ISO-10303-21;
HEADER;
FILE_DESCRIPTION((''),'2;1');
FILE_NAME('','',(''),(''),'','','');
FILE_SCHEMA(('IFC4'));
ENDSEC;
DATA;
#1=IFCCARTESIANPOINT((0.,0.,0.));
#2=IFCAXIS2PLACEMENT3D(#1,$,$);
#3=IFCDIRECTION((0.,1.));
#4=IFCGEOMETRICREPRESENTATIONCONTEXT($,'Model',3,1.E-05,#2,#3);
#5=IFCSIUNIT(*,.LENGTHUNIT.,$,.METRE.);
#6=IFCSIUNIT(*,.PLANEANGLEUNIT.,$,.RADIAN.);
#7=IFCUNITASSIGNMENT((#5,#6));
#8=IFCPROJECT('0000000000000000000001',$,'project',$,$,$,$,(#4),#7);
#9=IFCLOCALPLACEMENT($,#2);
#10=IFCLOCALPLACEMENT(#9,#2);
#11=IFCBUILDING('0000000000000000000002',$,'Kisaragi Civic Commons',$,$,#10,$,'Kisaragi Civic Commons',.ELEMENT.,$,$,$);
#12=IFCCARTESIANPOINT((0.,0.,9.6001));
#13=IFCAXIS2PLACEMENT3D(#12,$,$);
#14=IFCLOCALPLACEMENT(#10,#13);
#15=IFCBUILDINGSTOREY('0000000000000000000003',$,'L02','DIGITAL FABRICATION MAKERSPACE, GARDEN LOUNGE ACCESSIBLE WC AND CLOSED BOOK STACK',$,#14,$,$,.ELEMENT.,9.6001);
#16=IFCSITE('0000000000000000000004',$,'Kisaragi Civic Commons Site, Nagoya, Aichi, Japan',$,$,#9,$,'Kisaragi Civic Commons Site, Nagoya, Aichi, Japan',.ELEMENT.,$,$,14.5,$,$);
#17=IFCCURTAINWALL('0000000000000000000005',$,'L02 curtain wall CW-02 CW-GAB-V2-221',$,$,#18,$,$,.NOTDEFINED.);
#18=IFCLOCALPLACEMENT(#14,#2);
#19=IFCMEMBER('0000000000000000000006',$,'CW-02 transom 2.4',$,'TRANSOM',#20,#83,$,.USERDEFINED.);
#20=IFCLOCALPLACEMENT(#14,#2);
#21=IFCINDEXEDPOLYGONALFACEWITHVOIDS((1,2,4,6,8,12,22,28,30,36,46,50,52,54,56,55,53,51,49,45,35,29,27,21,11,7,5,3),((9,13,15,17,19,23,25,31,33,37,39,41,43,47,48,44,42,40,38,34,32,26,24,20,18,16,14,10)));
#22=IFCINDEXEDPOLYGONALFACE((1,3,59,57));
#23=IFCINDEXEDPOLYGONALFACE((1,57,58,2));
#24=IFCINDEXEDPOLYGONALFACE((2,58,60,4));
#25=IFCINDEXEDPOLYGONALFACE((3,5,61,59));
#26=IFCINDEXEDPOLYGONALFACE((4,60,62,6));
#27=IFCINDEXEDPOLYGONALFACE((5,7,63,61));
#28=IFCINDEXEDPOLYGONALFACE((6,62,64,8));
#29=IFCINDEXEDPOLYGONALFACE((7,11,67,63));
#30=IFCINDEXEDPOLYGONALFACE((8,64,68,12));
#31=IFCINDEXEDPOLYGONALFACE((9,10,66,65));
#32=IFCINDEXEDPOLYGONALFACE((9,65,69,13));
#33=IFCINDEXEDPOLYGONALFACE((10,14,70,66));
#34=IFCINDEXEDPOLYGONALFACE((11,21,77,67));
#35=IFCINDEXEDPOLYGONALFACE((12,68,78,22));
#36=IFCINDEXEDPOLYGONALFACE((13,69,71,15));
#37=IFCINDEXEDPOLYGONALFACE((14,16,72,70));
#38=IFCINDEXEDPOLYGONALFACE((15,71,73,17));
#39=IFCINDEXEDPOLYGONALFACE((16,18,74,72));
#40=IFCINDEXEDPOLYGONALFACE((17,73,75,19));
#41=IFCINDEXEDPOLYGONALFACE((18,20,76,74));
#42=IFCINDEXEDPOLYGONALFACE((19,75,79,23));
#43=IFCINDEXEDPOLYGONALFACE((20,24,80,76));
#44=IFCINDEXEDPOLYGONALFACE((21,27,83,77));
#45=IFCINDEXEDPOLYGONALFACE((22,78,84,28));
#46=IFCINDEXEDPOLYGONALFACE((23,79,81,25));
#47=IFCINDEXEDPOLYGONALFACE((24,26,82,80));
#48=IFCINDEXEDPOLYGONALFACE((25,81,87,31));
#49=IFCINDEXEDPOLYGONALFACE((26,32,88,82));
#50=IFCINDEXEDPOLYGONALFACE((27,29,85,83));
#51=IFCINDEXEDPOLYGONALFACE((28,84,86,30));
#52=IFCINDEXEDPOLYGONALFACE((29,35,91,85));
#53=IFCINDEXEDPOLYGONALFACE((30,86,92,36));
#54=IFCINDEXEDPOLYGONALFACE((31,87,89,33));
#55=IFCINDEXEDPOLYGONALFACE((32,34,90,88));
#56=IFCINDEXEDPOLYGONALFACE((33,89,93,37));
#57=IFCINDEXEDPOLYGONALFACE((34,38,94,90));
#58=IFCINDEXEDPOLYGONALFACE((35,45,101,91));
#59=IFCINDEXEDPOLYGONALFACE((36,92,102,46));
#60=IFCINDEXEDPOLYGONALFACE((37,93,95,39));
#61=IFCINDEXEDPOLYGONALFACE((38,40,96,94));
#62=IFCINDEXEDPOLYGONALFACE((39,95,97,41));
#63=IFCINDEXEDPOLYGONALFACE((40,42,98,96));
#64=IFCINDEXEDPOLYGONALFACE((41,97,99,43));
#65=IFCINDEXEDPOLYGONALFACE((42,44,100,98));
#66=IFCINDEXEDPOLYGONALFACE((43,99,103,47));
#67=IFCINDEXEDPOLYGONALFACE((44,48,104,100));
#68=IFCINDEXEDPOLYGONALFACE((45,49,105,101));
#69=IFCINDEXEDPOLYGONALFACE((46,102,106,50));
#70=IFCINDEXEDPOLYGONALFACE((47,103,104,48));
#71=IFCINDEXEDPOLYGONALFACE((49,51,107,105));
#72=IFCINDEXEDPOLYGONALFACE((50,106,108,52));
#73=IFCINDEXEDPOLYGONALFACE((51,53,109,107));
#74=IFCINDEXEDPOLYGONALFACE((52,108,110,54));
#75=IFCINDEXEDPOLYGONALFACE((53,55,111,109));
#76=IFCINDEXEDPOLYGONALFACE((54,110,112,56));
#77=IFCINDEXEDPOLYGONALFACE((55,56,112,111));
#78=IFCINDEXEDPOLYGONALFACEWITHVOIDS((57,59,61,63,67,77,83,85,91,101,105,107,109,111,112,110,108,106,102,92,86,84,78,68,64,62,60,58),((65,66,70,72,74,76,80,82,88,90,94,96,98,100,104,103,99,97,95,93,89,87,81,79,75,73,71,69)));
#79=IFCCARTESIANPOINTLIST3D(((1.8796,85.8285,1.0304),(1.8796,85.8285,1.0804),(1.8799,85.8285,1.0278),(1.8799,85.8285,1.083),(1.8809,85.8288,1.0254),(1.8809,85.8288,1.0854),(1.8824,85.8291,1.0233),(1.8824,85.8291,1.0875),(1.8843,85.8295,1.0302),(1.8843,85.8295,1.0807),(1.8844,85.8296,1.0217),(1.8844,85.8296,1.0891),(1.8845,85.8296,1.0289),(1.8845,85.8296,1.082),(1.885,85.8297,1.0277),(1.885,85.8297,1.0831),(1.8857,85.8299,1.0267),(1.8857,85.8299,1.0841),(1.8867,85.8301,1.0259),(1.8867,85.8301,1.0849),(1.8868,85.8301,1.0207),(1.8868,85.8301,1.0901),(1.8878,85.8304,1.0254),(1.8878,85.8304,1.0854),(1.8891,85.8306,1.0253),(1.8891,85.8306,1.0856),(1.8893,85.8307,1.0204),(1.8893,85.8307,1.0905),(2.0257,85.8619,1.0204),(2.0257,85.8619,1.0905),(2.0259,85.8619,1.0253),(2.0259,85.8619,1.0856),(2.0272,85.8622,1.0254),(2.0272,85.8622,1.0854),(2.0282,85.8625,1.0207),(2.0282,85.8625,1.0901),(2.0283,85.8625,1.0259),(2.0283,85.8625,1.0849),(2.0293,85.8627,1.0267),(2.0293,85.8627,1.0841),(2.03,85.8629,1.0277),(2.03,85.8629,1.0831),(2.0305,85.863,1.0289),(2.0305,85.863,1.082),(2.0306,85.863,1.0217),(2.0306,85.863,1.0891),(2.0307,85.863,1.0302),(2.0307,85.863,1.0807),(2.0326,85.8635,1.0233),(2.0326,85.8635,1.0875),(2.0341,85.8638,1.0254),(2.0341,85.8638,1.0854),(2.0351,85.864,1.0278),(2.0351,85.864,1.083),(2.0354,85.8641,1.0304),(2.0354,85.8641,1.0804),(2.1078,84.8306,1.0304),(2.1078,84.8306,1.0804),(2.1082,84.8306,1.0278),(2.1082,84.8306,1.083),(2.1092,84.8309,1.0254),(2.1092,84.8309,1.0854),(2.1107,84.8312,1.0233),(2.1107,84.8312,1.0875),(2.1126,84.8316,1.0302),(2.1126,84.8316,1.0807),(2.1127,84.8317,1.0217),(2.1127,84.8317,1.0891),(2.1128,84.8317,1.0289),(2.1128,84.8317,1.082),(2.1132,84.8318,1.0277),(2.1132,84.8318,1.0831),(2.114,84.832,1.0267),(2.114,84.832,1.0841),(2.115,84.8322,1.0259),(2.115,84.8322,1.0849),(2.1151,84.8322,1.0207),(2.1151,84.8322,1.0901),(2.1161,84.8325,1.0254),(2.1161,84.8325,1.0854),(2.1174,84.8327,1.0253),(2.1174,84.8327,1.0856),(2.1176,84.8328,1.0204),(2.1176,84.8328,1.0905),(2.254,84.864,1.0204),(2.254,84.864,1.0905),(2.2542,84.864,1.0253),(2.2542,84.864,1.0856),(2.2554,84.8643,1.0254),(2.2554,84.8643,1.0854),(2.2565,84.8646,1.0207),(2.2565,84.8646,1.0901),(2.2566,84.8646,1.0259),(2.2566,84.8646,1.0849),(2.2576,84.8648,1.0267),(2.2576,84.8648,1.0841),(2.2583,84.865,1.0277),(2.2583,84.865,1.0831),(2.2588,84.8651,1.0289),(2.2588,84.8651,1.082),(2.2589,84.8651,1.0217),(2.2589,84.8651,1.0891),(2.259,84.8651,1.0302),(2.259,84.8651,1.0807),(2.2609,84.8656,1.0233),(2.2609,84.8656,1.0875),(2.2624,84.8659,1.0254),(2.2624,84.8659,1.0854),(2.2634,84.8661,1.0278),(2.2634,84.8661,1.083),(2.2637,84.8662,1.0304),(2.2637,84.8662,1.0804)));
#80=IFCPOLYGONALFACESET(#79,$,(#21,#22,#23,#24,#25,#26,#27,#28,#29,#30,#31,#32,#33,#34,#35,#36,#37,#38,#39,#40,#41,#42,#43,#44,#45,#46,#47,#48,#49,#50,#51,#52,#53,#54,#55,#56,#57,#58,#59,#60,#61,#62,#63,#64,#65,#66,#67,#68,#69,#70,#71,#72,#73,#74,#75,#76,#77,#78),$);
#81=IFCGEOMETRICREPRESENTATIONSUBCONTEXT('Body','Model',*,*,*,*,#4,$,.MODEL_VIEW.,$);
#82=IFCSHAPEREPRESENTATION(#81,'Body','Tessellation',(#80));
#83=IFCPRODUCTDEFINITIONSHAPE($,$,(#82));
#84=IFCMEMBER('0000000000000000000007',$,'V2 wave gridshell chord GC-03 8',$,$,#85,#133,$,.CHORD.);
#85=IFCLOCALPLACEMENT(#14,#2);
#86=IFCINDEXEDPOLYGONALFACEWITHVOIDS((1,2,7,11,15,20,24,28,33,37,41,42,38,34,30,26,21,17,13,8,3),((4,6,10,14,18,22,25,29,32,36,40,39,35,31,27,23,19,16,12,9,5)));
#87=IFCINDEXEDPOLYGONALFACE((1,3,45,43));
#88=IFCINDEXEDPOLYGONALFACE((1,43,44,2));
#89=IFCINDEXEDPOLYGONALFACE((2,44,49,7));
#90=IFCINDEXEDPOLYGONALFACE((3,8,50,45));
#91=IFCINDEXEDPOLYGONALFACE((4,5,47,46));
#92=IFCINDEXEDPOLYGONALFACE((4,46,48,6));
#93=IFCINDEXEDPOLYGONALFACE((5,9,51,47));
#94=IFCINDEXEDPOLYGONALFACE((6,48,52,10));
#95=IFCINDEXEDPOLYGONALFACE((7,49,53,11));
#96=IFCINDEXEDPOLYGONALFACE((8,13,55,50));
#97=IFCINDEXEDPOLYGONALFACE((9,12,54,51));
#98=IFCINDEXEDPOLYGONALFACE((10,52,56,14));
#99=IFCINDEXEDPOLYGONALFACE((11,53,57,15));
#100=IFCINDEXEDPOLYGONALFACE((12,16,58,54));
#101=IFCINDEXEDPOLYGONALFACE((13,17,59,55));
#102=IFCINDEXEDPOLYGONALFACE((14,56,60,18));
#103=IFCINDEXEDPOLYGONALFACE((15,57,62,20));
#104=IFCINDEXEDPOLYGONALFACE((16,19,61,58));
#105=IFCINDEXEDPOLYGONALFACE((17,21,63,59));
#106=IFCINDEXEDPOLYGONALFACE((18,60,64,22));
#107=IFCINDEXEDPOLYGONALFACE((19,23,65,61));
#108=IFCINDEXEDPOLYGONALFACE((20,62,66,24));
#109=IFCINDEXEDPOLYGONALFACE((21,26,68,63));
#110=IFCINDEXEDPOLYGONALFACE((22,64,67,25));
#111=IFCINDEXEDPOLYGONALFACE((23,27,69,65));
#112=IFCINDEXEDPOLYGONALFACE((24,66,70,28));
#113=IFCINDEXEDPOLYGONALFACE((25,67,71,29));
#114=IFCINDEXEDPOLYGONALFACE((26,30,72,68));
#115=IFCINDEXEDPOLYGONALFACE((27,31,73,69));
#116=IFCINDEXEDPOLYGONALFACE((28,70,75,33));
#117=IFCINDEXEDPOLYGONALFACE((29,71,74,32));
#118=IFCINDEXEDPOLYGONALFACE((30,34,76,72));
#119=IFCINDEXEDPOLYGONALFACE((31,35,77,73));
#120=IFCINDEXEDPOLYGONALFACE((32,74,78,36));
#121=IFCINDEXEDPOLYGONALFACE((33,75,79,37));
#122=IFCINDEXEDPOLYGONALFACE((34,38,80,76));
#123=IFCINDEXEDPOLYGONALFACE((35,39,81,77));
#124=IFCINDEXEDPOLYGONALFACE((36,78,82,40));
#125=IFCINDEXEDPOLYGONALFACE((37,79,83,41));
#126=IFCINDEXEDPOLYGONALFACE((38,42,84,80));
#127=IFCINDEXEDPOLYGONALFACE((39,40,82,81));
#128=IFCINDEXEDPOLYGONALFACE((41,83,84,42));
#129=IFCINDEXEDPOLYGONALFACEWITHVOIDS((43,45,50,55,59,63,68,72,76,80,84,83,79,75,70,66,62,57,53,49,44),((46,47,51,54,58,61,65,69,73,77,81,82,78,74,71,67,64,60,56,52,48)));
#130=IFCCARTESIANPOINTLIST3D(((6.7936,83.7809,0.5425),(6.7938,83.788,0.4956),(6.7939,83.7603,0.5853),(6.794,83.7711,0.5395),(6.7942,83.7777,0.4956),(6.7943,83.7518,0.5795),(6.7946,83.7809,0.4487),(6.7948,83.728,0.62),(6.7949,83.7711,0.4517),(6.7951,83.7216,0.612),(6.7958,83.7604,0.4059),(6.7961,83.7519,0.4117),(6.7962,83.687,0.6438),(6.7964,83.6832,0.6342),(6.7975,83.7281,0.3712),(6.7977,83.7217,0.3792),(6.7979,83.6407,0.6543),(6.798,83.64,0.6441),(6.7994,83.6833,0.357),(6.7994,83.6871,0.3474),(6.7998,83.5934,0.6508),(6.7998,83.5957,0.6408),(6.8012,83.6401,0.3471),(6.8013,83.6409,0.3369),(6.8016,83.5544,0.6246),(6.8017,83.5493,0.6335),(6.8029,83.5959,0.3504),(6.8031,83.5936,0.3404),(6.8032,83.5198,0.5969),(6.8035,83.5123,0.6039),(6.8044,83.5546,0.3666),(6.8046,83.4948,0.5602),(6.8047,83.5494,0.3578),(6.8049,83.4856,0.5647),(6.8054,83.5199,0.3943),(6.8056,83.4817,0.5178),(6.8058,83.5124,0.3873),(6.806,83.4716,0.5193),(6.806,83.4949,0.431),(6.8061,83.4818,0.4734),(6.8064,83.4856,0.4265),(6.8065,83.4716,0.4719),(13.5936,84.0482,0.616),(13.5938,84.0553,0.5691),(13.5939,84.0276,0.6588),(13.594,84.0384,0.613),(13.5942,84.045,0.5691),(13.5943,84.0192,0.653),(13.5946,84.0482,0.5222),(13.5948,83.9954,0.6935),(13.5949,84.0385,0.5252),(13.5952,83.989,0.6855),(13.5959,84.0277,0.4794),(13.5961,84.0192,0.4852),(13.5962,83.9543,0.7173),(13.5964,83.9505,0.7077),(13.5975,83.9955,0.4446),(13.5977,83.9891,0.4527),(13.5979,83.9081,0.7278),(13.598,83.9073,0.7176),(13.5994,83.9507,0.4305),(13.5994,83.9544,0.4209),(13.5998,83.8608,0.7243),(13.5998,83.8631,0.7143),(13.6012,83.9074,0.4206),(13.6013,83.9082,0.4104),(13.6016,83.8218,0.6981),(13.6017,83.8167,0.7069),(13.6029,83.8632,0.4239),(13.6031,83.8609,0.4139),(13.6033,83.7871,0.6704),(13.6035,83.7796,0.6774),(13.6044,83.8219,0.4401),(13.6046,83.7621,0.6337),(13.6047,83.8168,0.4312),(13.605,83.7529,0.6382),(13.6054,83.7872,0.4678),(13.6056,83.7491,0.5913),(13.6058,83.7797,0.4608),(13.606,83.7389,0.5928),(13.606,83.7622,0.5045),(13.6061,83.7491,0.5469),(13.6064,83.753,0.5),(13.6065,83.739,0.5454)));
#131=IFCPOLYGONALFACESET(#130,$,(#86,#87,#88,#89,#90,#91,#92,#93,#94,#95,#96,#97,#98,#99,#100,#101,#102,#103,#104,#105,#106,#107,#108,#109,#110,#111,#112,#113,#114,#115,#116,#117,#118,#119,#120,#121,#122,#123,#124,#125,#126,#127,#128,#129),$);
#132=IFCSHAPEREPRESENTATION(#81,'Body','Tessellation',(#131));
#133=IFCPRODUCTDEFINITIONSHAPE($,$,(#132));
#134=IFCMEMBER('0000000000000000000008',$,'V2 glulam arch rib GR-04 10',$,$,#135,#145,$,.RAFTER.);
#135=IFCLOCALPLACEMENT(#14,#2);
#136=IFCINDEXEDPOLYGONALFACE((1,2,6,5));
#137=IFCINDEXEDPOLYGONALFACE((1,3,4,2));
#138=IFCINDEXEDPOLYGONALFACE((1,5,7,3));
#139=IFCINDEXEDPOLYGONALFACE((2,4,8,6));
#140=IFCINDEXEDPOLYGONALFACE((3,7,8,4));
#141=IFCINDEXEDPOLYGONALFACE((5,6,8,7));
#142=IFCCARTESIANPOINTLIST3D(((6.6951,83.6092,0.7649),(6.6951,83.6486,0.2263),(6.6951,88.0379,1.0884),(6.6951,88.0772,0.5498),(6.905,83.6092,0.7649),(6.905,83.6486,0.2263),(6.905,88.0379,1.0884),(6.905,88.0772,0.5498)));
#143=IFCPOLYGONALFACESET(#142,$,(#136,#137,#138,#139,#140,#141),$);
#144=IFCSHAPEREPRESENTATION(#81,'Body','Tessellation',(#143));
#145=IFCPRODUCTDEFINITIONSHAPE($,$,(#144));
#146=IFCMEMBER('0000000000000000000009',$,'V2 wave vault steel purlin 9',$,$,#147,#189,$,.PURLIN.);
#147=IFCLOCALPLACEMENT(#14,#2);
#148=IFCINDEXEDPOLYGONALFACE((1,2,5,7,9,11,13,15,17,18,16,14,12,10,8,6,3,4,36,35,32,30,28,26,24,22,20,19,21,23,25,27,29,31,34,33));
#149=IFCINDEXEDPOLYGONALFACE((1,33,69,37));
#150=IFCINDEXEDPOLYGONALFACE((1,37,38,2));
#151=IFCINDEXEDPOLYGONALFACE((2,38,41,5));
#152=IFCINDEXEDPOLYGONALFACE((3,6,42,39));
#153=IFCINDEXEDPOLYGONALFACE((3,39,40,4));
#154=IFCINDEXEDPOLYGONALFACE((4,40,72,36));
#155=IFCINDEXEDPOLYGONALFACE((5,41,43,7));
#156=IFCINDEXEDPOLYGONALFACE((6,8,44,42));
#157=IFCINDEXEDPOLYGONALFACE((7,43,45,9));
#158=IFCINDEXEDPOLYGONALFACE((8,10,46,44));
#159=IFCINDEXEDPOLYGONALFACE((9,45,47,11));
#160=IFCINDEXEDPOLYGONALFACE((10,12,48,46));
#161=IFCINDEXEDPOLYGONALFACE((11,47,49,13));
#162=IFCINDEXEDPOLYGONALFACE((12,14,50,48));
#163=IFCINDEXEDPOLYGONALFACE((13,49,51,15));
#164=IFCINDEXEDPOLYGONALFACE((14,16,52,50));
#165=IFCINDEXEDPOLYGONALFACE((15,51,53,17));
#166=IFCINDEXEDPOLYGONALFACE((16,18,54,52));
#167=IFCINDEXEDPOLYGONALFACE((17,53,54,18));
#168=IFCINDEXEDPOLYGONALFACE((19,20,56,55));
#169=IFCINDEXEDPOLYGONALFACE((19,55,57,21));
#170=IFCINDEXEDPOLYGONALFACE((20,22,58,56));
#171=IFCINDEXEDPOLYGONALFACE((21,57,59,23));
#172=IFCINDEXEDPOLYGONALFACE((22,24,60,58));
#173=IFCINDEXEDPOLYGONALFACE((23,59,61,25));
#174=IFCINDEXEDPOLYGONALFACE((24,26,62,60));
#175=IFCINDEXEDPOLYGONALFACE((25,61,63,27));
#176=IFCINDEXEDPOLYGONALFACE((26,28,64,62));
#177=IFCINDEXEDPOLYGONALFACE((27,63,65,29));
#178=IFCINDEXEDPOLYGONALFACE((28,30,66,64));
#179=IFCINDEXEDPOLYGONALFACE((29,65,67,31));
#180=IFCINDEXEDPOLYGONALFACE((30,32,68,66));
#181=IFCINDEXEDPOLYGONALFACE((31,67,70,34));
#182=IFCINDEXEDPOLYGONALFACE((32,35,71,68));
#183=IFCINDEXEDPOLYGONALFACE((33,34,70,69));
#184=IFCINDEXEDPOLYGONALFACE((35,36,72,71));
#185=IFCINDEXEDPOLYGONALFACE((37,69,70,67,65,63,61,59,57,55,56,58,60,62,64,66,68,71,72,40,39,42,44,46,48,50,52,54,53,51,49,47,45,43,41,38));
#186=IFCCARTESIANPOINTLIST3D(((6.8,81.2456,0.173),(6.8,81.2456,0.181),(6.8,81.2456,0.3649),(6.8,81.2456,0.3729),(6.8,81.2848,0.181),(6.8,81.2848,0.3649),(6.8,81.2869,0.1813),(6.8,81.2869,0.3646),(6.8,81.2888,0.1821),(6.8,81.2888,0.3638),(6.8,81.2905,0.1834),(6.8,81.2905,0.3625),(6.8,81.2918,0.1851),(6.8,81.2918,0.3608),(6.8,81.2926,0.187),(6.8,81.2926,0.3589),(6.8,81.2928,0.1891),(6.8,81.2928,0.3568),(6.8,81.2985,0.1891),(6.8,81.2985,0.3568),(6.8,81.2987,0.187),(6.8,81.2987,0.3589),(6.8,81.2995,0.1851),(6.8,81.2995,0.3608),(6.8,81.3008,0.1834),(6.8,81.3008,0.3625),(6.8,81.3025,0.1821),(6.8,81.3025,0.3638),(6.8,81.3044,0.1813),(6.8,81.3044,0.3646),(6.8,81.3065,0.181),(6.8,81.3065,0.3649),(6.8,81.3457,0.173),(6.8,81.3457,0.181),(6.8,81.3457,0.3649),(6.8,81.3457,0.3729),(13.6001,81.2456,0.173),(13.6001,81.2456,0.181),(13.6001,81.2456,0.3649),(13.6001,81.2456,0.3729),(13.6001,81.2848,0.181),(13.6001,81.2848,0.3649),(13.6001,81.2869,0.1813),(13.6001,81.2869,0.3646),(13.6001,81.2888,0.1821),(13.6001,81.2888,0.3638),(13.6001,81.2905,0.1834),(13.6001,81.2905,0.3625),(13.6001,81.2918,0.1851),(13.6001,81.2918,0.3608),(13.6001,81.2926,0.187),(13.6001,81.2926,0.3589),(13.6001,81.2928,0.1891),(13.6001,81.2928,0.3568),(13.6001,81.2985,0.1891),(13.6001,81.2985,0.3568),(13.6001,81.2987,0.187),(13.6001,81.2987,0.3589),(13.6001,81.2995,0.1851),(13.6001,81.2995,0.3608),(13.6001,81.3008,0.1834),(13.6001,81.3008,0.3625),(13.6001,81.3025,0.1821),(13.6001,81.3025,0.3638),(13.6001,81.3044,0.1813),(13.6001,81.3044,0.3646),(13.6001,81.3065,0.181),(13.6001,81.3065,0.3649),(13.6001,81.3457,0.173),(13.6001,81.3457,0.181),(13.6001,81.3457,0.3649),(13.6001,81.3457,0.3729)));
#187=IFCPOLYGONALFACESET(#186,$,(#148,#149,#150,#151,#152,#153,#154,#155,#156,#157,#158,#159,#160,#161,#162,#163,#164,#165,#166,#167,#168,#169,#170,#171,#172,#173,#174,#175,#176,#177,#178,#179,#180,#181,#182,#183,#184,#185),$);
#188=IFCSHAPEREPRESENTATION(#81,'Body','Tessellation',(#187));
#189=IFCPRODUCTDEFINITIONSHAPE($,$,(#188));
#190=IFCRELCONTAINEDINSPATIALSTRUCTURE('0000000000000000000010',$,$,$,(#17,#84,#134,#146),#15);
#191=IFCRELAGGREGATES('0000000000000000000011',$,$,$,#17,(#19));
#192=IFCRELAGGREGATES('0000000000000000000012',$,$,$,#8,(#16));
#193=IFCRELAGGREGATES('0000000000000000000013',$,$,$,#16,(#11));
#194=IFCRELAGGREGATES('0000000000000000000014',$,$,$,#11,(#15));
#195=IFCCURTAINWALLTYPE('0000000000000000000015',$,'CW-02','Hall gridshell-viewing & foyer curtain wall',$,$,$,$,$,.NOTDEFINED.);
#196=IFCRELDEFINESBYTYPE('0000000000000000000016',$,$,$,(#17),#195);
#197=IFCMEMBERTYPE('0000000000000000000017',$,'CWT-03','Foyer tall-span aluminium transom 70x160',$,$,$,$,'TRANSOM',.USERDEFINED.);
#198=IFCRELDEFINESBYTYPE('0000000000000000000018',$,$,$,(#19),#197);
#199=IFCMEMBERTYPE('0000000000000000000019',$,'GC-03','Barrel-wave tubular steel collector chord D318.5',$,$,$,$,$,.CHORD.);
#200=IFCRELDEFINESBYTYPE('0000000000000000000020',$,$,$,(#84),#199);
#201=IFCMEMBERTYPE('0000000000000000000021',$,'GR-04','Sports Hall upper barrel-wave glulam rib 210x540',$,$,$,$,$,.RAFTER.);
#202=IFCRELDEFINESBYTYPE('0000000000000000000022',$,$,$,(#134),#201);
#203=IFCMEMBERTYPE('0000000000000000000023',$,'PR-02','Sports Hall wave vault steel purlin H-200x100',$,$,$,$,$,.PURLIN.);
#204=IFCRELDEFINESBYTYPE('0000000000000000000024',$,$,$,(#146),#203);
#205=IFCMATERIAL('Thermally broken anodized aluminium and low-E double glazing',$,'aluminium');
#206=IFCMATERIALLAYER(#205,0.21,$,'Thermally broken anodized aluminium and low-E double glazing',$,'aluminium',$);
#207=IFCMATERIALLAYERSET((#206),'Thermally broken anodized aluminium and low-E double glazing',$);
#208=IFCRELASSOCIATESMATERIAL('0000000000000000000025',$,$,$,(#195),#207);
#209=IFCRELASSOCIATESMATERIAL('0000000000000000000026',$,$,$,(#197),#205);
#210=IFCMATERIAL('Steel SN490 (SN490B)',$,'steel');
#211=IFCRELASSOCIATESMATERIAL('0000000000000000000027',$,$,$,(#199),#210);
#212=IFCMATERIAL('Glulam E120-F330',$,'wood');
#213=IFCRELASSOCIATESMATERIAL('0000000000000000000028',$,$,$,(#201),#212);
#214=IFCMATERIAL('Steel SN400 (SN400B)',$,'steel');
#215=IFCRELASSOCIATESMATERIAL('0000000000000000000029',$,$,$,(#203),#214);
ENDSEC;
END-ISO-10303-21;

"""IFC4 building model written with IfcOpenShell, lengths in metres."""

from ifc_helpers import new_model, si_unit, direction, frame, origin, origin_2d, place, context, subcontext, project, spatial, rectangle, hollow_rectangle, hollow_circle, i_section, extrude, material, layer, layer_set, material_profile, profile_set, type_object, element, aggregate, save


model = new_model("IFC4")

# Units and contexts
model_context = context("Model", 3, precision=1e-05, world=origin(), true_north=direction((0.0, 1.0)))
body_context = subcontext(model_context, "Body", "Model", "MODEL_VIEW")
ifc_project = project(units=[si_unit("LENGTHUNIT", "METRE"), si_unit("PLANEANGLEUNIT", "RADIAN")], contexts=[model_context])

# Site, building, storey
site_placement = place(None, origin())
site = spatial("IfcSite", under=ifc_project, at=site_placement, Name="Kisaragi Civic Commons Site, Nagoya, Aichi, Japan", LongName="Kisaragi Civic Commons Site, Nagoya, Aichi, Japan", CompositionType="ELEMENT", RefElevation=14.5)
building_placement = place(site_placement, origin())
building = spatial("IfcBuilding", under=site, at=building_placement, Name="Kisaragi Civic Commons", LongName="Kisaragi Civic Commons", CompositionType="ELEMENT")
storey_placement = place(building_placement, frame((0.0, 0.0, 9.6001)))
storey = spatial("IfcBuildingStorey", under=building, at=storey_placement, Name="L02", Description="DIGITAL FABRICATION MAKERSPACE, GARDEN LOUNGE ACCESSIBLE WC AND CLOSED BOOK STACK", CompositionType="ELEMENT", Elevation=9.6001)

# Curtain wall, member
ifc_material_1 = material(Name="Thermally broken anodized aluminium and low-E double glazing", Category="aluminium")
ifc_layer_1 = layer(ifc_material_1, 0.21, Name="Thermally broken anodized aluminium and low-E double glazing", Category="aluminium")
ifc_layer_set_1 = layer_set([ifc_layer_1], Name="Thermally broken anodized aluminium and low-E double glazing")
curtain_wall_type = type_object("IfcCurtainWallType", Name="CW-02", Description="Hall gridshell-viewing & foyer curtain wall", PredefinedType="NOTDEFINED", material=ifc_layer_set_1)
curtain_wall_placement = place(storey_placement, origin())
curtain_wall = element("IfcCurtainWall", 1, at=curtain_wall_placement, inside=storey, type_object=curtain_wall_type, Name="L02 curtain wall CW-02 CW-GAB-V2-221", PredefinedType="NOTDEFINED")
ifc_material_profile_1 = material_profile(ifc_material_1, hollow_rectangle(XDim=0.1599, YDim=0.0701, WallThickness=0.0049, InnerFilletRadius=0.0049, OuterFilletRadius=0.01, at=origin_2d()), Name="CWT-70x160x5", Category="aluminium")
ifc_profile_set_1 = profile_set([ifc_material_profile_1], Name="Thermally broken anodized aluminium and low-E double glazing")
member_type_1 = type_object("IfcMemberType", Name="CWT-03", Description="Foyer tall-span aluminium transom 70x160", ElementType="TRANSOM", PredefinedType="USERDEFINED", material=ifc_profile_set_1)
member_1_placement = place(storey_placement, frame((2.1858, 84.8484, 1.0554), z_axis=(-0.223013, 0.974816, 0.0), x_axis=(-0.974816, -0.223013, 0.0)))
member_1 = element("IfcMember", 2, at=member_1_placement, type_object=member_type_1, Name="CW-02 transom 2.4", ObjectType="TRANSOM", PredefinedType="USERDEFINED", context=body_context, shape_type="SweptSolid", body=[
    extrude(hollow_rectangle(XDim=0.1599, YDim=0.0701, WallThickness=0.0049, InnerFilletRadius=0.0049, OuterFilletRadius=0.01, at=origin_2d()), origin(), (0.0, 0.0, 1.0), 1.0237),
])

# Members
ifc_material_2 = material(Name="Steel SN490 (SN490B)", Category="steel")
ifc_material_profile_2 = material_profile(ifc_material_2, hollow_circle(Radius=0.1592, WallThickness=0.0103, at=origin_2d()), Name="CHS-318.5x10.3", Category="steel")
ifc_profile_set_2 = profile_set([ifc_material_profile_2], Name="Steel SN490 (SN490B)")
member_type_2 = type_object("IfcMemberType", Name="GC-03", Description="Barrel-wave tubular steel collector chord D318.5", PredefinedType="CHORD", material=ifc_profile_set_2)
member_2_placement = place(storey_placement, frame((6.8, 83.6289, 0.4956), z_axis=(0.99917, 0.039281, 0.010798), x_axis=(-0.039283, 0.999228, 0.0)))
element("IfcMember", 3, at=member_2_placement, inside=storey, type_object=member_type_2, Name="V2 wave gridshell chord GC-03 8", PredefinedType="CHORD", context=body_context, shape_type="SweptSolid", body=[
    extrude(hollow_circle(Radius=0.1592, WallThickness=0.0103, at=origin_2d()), origin(), (0.0, 0.0, 1.0), 6.8057),
])
ifc_material_3 = material(Name="Glulam E120-F330", Category="wood")
ifc_material_profile_3 = material_profile(ifc_material_3, rectangle(XDim=0.21, YDim=0.54, at=origin_2d()), Name="GL-210x540", Category="wood")
ifc_profile_set_3 = profile_set([ifc_material_profile_3], Name="Glulam E120-F330")
member_type_3 = type_object("IfcMemberType", Name="GR-04", Description="Sports Hall upper barrel-wave glulam rib 210x540", PredefinedType="RAFTER", material=ifc_profile_set_3)
member_3_placement = place(storey_placement, frame((6.8, 83.6289, 0.4956), z_axis=(0.0, 0.997343, 0.072849), x_axis=(-1.0, 0.0, 0.0)))
element("IfcMember", 4, at=member_3_placement, inside=storey, type_object=member_type_3, Name="V2 glulam arch rib GR-04 10", PredefinedType="RAFTER", context=body_context, shape_type="SweptSolid", body=[
    extrude(rectangle(XDim=0.21, YDim=0.54, at=origin_2d()), origin(), (0.0, 0.0, 1.0), 4.4404),
])
ifc_material_4 = material(Name="Steel SN400 (SN400B)", Category="steel")
ifc_material_profile_4 = material_profile(ifc_material_4, i_section(OverallWidth=0.1001, OverallDepth=0.2, WebThickness=0.0056, FlangeThickness=0.0081, FilletRadius=0.0081, at=origin_2d()), Name="H-200x100x5.5x8", Category="steel")
ifc_profile_set_4 = profile_set([ifc_material_profile_4], Name="Steel SN400 (SN400B)")
member_type_4 = type_object("IfcMemberType", Name="PR-02", Description="Sports Hall wave vault steel purlin H-200x100", PredefinedType="PURLIN", material=ifc_profile_set_4)
member_4_placement = place(storey_placement, frame((6.8, 81.2957, 0.2729), z_axis=(1.0, 0.0, 0.0), x_axis=(0.0, 1.0, 0.0)))
element("IfcMember", 5, at=member_4_placement, inside=storey, type_object=member_type_4, Name="V2 wave vault steel purlin 9", PredefinedType="PURLIN", context=body_context, shape_type="SweptSolid", body=[
    extrude(i_section(OverallWidth=0.1001, OverallDepth=0.2, WebThickness=0.0056, FlangeThickness=0.0081, FilletRadius=0.0081, at=origin_2d()), origin(), (0.0, 0.0, 1.0), 6.8),
])

aggregate(curtain_wall, [member_1])

save(model, "model.ifc")
